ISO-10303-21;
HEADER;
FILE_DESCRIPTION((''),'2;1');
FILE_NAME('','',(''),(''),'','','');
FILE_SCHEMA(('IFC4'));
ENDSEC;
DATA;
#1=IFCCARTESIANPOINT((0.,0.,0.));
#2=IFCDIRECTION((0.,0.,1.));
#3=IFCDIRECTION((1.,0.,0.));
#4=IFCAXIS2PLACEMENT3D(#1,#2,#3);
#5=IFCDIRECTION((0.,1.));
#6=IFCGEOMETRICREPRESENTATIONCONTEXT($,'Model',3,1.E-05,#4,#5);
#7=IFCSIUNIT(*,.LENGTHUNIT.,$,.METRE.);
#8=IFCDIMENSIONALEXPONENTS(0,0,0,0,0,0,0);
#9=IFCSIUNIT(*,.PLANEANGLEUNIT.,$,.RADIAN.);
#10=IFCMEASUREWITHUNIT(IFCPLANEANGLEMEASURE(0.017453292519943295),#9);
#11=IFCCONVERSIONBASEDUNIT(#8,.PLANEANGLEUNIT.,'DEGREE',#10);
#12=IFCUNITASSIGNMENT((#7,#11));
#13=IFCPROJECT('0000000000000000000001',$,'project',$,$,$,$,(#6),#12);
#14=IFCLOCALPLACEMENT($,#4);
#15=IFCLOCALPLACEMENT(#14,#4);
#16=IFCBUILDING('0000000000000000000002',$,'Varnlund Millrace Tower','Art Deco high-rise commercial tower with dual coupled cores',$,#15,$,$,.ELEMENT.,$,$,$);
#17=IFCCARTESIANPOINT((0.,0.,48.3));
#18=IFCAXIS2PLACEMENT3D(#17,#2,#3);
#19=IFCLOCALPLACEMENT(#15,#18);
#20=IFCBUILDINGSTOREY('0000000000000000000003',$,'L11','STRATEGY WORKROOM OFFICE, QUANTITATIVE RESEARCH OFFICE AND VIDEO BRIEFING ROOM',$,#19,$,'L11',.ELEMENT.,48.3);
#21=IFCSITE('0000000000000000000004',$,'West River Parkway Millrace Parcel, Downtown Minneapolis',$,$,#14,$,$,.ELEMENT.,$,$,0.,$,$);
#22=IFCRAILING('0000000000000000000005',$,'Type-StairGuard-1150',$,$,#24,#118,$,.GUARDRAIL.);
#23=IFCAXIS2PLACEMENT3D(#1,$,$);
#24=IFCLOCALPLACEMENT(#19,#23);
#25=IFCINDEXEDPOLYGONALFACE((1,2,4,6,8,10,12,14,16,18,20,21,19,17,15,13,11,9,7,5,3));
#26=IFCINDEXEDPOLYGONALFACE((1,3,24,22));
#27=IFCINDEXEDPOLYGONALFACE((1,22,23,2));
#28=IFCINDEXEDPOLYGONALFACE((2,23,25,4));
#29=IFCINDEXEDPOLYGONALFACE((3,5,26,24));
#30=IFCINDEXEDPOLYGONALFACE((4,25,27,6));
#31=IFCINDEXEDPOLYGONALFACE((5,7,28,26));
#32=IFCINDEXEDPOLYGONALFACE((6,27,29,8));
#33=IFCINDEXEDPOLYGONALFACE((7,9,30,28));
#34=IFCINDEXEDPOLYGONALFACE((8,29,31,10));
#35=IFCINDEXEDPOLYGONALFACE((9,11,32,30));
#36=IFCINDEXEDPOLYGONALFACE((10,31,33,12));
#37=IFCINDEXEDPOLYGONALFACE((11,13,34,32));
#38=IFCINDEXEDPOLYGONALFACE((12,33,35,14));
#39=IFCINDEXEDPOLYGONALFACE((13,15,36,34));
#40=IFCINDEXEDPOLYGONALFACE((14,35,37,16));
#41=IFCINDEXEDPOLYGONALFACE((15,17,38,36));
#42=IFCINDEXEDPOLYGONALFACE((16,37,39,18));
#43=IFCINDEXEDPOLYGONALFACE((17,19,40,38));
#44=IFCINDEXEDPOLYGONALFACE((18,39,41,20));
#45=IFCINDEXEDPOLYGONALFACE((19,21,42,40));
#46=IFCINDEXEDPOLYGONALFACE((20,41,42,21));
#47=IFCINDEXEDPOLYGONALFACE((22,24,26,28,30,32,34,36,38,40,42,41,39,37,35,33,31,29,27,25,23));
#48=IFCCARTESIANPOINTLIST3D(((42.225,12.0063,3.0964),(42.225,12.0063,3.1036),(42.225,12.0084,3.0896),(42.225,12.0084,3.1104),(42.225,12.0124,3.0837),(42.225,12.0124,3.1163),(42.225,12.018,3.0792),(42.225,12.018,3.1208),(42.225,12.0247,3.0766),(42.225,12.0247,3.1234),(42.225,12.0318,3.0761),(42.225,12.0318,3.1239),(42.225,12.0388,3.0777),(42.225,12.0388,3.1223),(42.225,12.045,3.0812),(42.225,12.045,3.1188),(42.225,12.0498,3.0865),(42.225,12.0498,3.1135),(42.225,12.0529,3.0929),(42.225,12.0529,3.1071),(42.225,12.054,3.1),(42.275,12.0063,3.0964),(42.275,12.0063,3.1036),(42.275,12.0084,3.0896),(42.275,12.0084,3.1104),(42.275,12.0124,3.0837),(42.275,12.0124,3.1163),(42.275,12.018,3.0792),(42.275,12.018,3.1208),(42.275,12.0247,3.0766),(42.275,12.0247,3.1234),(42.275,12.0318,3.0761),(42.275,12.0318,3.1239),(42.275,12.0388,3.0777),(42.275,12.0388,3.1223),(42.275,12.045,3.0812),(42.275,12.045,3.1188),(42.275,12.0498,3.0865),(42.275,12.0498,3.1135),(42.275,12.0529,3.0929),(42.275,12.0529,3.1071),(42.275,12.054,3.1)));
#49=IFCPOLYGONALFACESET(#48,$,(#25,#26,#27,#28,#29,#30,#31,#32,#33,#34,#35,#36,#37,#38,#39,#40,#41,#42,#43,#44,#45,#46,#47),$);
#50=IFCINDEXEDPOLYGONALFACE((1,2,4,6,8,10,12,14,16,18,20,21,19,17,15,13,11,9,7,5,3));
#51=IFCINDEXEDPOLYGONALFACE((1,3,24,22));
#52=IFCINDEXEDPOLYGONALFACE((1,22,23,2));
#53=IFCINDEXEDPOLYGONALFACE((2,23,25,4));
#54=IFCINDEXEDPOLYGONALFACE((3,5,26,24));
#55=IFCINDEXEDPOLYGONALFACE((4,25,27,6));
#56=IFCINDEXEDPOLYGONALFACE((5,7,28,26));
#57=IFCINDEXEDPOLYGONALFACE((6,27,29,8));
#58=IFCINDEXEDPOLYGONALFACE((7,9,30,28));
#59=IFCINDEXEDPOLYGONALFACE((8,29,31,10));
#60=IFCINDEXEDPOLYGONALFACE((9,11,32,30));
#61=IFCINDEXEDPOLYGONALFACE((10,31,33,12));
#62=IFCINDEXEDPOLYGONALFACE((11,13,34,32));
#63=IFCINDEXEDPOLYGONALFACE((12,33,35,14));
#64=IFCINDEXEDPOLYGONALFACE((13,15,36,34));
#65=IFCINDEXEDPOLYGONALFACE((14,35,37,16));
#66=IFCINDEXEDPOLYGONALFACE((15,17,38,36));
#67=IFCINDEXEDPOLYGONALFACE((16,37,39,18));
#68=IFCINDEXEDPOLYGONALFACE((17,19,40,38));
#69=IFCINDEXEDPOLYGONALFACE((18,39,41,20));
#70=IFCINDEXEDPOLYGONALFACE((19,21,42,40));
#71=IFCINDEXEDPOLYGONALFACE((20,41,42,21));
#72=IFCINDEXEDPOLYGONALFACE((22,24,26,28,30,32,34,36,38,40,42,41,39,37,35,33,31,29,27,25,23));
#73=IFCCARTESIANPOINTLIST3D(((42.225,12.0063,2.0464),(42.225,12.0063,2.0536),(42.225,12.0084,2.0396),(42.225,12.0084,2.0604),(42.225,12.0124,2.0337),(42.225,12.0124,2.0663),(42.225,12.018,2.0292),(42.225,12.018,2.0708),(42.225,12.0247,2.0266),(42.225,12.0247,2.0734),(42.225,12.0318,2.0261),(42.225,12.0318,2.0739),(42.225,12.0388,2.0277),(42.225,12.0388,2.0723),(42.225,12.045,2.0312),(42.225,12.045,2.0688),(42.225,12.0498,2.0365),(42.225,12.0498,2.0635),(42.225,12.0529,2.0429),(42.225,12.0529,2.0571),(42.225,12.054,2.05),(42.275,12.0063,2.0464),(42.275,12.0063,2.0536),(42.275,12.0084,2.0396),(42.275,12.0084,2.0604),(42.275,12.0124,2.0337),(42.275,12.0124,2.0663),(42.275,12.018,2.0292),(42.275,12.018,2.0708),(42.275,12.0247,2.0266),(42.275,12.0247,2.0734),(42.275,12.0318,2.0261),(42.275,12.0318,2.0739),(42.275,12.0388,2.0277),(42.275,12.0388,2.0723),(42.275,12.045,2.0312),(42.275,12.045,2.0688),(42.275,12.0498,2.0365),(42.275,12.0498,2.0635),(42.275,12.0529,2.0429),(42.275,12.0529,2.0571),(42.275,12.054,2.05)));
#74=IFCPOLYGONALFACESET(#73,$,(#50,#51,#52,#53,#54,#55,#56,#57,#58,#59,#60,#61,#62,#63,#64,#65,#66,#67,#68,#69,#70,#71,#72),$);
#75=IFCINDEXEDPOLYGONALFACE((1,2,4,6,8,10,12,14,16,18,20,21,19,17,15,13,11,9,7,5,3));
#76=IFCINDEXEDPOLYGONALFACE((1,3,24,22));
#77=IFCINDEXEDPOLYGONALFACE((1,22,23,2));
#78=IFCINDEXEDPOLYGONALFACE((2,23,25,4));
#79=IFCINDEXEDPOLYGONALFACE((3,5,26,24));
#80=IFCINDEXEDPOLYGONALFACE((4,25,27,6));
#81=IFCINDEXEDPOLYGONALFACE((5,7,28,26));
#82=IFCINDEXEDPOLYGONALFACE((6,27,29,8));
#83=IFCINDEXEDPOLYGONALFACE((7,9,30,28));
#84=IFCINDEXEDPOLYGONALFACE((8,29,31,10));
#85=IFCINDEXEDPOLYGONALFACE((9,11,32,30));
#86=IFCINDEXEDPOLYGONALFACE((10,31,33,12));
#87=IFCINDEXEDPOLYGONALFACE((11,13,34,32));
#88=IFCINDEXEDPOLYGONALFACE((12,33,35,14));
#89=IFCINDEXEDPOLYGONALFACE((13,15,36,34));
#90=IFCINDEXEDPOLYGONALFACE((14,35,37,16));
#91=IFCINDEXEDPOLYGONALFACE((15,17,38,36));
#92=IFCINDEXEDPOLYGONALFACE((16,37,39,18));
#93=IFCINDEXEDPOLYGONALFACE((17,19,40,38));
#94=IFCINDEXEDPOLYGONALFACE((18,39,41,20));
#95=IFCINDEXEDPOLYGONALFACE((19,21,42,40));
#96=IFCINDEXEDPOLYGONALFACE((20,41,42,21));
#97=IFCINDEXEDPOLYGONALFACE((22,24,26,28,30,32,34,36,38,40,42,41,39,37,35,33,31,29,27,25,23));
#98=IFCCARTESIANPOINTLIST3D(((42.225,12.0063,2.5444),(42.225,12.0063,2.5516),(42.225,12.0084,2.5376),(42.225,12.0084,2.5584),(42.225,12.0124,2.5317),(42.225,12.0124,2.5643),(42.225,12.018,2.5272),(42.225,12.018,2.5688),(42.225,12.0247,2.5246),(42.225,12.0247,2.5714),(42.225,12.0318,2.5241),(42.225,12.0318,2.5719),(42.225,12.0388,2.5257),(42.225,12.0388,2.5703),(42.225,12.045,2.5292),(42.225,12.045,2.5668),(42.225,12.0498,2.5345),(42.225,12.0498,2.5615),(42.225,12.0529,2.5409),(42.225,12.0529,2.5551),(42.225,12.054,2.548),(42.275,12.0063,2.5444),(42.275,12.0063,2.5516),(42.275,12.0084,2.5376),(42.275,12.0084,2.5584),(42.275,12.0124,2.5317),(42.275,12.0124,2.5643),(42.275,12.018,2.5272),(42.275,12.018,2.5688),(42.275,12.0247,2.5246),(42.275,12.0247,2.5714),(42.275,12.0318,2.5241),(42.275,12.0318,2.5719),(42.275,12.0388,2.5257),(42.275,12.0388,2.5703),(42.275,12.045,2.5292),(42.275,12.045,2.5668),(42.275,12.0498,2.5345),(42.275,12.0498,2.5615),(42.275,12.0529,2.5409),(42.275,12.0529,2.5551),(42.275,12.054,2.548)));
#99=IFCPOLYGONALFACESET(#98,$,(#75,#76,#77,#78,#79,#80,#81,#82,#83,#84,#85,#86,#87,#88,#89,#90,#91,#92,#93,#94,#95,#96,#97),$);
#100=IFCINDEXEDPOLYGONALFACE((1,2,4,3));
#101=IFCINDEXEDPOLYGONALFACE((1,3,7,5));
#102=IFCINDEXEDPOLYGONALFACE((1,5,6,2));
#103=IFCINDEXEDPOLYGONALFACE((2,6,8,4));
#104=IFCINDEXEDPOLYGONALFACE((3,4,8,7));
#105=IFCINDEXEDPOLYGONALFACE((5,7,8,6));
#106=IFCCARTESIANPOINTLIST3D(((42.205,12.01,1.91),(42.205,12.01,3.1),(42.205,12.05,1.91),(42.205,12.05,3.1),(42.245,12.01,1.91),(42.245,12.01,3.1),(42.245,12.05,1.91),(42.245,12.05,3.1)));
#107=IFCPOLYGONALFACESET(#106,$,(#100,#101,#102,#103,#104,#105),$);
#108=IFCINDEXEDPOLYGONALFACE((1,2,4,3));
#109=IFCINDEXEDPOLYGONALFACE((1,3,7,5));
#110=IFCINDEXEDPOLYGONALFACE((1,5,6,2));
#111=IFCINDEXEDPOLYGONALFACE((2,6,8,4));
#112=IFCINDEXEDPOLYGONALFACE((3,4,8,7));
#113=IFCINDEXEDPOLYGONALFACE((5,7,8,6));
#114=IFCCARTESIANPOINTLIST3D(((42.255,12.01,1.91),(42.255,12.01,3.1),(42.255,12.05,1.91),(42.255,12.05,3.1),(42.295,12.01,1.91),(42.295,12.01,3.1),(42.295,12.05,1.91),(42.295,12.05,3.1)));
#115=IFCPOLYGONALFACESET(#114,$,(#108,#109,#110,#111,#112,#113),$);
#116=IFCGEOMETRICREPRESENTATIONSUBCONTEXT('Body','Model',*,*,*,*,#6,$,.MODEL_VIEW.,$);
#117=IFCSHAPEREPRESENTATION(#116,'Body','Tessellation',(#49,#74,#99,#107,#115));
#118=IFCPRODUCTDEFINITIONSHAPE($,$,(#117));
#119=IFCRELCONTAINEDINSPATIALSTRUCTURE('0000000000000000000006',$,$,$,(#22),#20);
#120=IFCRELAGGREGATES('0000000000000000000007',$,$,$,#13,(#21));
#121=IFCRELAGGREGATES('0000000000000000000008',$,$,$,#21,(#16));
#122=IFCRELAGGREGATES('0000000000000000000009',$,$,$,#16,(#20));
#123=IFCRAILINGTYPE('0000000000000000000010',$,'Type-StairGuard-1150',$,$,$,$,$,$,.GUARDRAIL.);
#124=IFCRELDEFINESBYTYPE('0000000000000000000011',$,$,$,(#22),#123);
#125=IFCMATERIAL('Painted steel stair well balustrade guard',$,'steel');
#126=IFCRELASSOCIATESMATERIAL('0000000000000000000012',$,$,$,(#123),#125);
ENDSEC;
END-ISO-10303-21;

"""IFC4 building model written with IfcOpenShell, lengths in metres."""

from ifc_helpers import new_model, entity, si_unit, converted_unit, direction, frame, origin_with_axes, origin_2d_with_axis, place, context, subcontext, project, spatial, rectangle, circle, extrude, material, type_object, element, save


model = new_model("IFC4")

# Units and contexts
model_context = context("Model", 3, precision=1e-05, world=origin_with_axes(), true_north=direction((0.0, 1.0)))
body_context = subcontext(model_context, "Body", "Model", "MODEL_VIEW")
ifc_project = project(units=[si_unit("LENGTHUNIT", "METRE"), converted_unit("PLANEANGLEUNIT", "DEGREE", entity("IfcPlaneAngleMeasure", 0.017453292519943295), si_unit("PLANEANGLEUNIT", "RADIAN"), dimensions=[0, 0, 0, 0, 0, 0, 0])], contexts=[model_context])

# Site, building, storey
site_placement = place(None, origin_with_axes())
site = spatial("IfcSite", under=ifc_project, at=site_placement, Name="West River Parkway Millrace Parcel, Downtown Minneapolis", CompositionType="ELEMENT", RefElevation=0.0)
building_placement = place(site_placement, origin_with_axes())
building = spatial("IfcBuilding", under=site, at=building_placement, Name="Varnlund Millrace Tower", Description="Art Deco high-rise commercial tower with dual coupled cores", CompositionType="ELEMENT")
storey_placement = place(building_placement, frame((0.0, 0.0, 48.3), z_axis=(0.0, 0.0, 1.0), x_axis=(1.0, 0.0, 0.0)))
storey = spatial("IfcBuildingStorey", under=building, at=storey_placement, Name="L11", Description="STRATEGY WORKROOM OFFICE, QUANTITATIVE RESEARCH OFFICE AND VIDEO BRIEFING ROOM", LongName="L11", CompositionType="ELEMENT", Elevation=48.3)

# Railing
ifc_material_1 = material(Name="Painted steel stair well balustrade guard", Category="steel")
railing_type_1 = type_object("IfcRailingType", Name="Type-StairGuard-1150", PredefinedType="GUARDRAIL", material=ifc_material_1)
railing_1_placement = place(storey_placement, frame((0.0, 0.0, -48.3), z_axis=(0.0, 0.0, 1.0), x_axis=(1.0, 0.0, 0.0)))
element("IfcRailing", 1, at=railing_1_placement, inside=storey, type_object=railing_type_1, Name="Type-StairGuard-1150", PredefinedType="GUARDRAIL", context=body_context, shape_type="SweptSolid", body=[
    extrude(circle(Radius=0.024, at=origin_2d_with_axis()), frame((42.225, 12.03, 51.4), z_axis=(1.0, 0.0, 0.0), x_axis=(0.0, 1.0, 0.0)), (0.0, 0.0, 1.0), 0.05),
    extrude(circle(Radius=0.024, at=origin_2d_with_axis()), frame((42.225, 12.03, 50.35), z_axis=(1.0, 0.0, 0.0), x_axis=(0.0, 1.0, 0.0)), (0.0, 0.0, 1.0), 0.05),
    extrude(circle(Radius=0.024, at=origin_2d_with_axis()), frame((42.225, 12.03, 50.848), z_axis=(1.0, 0.0, 0.0), x_axis=(0.0, 1.0, 0.0)), (0.0, 0.0, 1.0), 0.05),
    extrude(rectangle(XDim=0.04, YDim=0.04, at=origin_2d_with_axis()), frame((42.225, 12.03, 50.21), z_axis=(0.0, 0.0, 1.0), x_axis=(1.0, 0.0, 0.0)), (0.0, 0.0, 1.0), 1.19),
    extrude(rectangle(XDim=0.04, YDim=0.04, at=origin_2d_with_axis()), frame((42.275, 12.03, 50.21), z_axis=(0.0, 0.0, 1.0), x_axis=(1.0, 0.0, 0.0)), (0.0, 0.0, 1.0), 1.19),
])

save(model, "model.ifc")
